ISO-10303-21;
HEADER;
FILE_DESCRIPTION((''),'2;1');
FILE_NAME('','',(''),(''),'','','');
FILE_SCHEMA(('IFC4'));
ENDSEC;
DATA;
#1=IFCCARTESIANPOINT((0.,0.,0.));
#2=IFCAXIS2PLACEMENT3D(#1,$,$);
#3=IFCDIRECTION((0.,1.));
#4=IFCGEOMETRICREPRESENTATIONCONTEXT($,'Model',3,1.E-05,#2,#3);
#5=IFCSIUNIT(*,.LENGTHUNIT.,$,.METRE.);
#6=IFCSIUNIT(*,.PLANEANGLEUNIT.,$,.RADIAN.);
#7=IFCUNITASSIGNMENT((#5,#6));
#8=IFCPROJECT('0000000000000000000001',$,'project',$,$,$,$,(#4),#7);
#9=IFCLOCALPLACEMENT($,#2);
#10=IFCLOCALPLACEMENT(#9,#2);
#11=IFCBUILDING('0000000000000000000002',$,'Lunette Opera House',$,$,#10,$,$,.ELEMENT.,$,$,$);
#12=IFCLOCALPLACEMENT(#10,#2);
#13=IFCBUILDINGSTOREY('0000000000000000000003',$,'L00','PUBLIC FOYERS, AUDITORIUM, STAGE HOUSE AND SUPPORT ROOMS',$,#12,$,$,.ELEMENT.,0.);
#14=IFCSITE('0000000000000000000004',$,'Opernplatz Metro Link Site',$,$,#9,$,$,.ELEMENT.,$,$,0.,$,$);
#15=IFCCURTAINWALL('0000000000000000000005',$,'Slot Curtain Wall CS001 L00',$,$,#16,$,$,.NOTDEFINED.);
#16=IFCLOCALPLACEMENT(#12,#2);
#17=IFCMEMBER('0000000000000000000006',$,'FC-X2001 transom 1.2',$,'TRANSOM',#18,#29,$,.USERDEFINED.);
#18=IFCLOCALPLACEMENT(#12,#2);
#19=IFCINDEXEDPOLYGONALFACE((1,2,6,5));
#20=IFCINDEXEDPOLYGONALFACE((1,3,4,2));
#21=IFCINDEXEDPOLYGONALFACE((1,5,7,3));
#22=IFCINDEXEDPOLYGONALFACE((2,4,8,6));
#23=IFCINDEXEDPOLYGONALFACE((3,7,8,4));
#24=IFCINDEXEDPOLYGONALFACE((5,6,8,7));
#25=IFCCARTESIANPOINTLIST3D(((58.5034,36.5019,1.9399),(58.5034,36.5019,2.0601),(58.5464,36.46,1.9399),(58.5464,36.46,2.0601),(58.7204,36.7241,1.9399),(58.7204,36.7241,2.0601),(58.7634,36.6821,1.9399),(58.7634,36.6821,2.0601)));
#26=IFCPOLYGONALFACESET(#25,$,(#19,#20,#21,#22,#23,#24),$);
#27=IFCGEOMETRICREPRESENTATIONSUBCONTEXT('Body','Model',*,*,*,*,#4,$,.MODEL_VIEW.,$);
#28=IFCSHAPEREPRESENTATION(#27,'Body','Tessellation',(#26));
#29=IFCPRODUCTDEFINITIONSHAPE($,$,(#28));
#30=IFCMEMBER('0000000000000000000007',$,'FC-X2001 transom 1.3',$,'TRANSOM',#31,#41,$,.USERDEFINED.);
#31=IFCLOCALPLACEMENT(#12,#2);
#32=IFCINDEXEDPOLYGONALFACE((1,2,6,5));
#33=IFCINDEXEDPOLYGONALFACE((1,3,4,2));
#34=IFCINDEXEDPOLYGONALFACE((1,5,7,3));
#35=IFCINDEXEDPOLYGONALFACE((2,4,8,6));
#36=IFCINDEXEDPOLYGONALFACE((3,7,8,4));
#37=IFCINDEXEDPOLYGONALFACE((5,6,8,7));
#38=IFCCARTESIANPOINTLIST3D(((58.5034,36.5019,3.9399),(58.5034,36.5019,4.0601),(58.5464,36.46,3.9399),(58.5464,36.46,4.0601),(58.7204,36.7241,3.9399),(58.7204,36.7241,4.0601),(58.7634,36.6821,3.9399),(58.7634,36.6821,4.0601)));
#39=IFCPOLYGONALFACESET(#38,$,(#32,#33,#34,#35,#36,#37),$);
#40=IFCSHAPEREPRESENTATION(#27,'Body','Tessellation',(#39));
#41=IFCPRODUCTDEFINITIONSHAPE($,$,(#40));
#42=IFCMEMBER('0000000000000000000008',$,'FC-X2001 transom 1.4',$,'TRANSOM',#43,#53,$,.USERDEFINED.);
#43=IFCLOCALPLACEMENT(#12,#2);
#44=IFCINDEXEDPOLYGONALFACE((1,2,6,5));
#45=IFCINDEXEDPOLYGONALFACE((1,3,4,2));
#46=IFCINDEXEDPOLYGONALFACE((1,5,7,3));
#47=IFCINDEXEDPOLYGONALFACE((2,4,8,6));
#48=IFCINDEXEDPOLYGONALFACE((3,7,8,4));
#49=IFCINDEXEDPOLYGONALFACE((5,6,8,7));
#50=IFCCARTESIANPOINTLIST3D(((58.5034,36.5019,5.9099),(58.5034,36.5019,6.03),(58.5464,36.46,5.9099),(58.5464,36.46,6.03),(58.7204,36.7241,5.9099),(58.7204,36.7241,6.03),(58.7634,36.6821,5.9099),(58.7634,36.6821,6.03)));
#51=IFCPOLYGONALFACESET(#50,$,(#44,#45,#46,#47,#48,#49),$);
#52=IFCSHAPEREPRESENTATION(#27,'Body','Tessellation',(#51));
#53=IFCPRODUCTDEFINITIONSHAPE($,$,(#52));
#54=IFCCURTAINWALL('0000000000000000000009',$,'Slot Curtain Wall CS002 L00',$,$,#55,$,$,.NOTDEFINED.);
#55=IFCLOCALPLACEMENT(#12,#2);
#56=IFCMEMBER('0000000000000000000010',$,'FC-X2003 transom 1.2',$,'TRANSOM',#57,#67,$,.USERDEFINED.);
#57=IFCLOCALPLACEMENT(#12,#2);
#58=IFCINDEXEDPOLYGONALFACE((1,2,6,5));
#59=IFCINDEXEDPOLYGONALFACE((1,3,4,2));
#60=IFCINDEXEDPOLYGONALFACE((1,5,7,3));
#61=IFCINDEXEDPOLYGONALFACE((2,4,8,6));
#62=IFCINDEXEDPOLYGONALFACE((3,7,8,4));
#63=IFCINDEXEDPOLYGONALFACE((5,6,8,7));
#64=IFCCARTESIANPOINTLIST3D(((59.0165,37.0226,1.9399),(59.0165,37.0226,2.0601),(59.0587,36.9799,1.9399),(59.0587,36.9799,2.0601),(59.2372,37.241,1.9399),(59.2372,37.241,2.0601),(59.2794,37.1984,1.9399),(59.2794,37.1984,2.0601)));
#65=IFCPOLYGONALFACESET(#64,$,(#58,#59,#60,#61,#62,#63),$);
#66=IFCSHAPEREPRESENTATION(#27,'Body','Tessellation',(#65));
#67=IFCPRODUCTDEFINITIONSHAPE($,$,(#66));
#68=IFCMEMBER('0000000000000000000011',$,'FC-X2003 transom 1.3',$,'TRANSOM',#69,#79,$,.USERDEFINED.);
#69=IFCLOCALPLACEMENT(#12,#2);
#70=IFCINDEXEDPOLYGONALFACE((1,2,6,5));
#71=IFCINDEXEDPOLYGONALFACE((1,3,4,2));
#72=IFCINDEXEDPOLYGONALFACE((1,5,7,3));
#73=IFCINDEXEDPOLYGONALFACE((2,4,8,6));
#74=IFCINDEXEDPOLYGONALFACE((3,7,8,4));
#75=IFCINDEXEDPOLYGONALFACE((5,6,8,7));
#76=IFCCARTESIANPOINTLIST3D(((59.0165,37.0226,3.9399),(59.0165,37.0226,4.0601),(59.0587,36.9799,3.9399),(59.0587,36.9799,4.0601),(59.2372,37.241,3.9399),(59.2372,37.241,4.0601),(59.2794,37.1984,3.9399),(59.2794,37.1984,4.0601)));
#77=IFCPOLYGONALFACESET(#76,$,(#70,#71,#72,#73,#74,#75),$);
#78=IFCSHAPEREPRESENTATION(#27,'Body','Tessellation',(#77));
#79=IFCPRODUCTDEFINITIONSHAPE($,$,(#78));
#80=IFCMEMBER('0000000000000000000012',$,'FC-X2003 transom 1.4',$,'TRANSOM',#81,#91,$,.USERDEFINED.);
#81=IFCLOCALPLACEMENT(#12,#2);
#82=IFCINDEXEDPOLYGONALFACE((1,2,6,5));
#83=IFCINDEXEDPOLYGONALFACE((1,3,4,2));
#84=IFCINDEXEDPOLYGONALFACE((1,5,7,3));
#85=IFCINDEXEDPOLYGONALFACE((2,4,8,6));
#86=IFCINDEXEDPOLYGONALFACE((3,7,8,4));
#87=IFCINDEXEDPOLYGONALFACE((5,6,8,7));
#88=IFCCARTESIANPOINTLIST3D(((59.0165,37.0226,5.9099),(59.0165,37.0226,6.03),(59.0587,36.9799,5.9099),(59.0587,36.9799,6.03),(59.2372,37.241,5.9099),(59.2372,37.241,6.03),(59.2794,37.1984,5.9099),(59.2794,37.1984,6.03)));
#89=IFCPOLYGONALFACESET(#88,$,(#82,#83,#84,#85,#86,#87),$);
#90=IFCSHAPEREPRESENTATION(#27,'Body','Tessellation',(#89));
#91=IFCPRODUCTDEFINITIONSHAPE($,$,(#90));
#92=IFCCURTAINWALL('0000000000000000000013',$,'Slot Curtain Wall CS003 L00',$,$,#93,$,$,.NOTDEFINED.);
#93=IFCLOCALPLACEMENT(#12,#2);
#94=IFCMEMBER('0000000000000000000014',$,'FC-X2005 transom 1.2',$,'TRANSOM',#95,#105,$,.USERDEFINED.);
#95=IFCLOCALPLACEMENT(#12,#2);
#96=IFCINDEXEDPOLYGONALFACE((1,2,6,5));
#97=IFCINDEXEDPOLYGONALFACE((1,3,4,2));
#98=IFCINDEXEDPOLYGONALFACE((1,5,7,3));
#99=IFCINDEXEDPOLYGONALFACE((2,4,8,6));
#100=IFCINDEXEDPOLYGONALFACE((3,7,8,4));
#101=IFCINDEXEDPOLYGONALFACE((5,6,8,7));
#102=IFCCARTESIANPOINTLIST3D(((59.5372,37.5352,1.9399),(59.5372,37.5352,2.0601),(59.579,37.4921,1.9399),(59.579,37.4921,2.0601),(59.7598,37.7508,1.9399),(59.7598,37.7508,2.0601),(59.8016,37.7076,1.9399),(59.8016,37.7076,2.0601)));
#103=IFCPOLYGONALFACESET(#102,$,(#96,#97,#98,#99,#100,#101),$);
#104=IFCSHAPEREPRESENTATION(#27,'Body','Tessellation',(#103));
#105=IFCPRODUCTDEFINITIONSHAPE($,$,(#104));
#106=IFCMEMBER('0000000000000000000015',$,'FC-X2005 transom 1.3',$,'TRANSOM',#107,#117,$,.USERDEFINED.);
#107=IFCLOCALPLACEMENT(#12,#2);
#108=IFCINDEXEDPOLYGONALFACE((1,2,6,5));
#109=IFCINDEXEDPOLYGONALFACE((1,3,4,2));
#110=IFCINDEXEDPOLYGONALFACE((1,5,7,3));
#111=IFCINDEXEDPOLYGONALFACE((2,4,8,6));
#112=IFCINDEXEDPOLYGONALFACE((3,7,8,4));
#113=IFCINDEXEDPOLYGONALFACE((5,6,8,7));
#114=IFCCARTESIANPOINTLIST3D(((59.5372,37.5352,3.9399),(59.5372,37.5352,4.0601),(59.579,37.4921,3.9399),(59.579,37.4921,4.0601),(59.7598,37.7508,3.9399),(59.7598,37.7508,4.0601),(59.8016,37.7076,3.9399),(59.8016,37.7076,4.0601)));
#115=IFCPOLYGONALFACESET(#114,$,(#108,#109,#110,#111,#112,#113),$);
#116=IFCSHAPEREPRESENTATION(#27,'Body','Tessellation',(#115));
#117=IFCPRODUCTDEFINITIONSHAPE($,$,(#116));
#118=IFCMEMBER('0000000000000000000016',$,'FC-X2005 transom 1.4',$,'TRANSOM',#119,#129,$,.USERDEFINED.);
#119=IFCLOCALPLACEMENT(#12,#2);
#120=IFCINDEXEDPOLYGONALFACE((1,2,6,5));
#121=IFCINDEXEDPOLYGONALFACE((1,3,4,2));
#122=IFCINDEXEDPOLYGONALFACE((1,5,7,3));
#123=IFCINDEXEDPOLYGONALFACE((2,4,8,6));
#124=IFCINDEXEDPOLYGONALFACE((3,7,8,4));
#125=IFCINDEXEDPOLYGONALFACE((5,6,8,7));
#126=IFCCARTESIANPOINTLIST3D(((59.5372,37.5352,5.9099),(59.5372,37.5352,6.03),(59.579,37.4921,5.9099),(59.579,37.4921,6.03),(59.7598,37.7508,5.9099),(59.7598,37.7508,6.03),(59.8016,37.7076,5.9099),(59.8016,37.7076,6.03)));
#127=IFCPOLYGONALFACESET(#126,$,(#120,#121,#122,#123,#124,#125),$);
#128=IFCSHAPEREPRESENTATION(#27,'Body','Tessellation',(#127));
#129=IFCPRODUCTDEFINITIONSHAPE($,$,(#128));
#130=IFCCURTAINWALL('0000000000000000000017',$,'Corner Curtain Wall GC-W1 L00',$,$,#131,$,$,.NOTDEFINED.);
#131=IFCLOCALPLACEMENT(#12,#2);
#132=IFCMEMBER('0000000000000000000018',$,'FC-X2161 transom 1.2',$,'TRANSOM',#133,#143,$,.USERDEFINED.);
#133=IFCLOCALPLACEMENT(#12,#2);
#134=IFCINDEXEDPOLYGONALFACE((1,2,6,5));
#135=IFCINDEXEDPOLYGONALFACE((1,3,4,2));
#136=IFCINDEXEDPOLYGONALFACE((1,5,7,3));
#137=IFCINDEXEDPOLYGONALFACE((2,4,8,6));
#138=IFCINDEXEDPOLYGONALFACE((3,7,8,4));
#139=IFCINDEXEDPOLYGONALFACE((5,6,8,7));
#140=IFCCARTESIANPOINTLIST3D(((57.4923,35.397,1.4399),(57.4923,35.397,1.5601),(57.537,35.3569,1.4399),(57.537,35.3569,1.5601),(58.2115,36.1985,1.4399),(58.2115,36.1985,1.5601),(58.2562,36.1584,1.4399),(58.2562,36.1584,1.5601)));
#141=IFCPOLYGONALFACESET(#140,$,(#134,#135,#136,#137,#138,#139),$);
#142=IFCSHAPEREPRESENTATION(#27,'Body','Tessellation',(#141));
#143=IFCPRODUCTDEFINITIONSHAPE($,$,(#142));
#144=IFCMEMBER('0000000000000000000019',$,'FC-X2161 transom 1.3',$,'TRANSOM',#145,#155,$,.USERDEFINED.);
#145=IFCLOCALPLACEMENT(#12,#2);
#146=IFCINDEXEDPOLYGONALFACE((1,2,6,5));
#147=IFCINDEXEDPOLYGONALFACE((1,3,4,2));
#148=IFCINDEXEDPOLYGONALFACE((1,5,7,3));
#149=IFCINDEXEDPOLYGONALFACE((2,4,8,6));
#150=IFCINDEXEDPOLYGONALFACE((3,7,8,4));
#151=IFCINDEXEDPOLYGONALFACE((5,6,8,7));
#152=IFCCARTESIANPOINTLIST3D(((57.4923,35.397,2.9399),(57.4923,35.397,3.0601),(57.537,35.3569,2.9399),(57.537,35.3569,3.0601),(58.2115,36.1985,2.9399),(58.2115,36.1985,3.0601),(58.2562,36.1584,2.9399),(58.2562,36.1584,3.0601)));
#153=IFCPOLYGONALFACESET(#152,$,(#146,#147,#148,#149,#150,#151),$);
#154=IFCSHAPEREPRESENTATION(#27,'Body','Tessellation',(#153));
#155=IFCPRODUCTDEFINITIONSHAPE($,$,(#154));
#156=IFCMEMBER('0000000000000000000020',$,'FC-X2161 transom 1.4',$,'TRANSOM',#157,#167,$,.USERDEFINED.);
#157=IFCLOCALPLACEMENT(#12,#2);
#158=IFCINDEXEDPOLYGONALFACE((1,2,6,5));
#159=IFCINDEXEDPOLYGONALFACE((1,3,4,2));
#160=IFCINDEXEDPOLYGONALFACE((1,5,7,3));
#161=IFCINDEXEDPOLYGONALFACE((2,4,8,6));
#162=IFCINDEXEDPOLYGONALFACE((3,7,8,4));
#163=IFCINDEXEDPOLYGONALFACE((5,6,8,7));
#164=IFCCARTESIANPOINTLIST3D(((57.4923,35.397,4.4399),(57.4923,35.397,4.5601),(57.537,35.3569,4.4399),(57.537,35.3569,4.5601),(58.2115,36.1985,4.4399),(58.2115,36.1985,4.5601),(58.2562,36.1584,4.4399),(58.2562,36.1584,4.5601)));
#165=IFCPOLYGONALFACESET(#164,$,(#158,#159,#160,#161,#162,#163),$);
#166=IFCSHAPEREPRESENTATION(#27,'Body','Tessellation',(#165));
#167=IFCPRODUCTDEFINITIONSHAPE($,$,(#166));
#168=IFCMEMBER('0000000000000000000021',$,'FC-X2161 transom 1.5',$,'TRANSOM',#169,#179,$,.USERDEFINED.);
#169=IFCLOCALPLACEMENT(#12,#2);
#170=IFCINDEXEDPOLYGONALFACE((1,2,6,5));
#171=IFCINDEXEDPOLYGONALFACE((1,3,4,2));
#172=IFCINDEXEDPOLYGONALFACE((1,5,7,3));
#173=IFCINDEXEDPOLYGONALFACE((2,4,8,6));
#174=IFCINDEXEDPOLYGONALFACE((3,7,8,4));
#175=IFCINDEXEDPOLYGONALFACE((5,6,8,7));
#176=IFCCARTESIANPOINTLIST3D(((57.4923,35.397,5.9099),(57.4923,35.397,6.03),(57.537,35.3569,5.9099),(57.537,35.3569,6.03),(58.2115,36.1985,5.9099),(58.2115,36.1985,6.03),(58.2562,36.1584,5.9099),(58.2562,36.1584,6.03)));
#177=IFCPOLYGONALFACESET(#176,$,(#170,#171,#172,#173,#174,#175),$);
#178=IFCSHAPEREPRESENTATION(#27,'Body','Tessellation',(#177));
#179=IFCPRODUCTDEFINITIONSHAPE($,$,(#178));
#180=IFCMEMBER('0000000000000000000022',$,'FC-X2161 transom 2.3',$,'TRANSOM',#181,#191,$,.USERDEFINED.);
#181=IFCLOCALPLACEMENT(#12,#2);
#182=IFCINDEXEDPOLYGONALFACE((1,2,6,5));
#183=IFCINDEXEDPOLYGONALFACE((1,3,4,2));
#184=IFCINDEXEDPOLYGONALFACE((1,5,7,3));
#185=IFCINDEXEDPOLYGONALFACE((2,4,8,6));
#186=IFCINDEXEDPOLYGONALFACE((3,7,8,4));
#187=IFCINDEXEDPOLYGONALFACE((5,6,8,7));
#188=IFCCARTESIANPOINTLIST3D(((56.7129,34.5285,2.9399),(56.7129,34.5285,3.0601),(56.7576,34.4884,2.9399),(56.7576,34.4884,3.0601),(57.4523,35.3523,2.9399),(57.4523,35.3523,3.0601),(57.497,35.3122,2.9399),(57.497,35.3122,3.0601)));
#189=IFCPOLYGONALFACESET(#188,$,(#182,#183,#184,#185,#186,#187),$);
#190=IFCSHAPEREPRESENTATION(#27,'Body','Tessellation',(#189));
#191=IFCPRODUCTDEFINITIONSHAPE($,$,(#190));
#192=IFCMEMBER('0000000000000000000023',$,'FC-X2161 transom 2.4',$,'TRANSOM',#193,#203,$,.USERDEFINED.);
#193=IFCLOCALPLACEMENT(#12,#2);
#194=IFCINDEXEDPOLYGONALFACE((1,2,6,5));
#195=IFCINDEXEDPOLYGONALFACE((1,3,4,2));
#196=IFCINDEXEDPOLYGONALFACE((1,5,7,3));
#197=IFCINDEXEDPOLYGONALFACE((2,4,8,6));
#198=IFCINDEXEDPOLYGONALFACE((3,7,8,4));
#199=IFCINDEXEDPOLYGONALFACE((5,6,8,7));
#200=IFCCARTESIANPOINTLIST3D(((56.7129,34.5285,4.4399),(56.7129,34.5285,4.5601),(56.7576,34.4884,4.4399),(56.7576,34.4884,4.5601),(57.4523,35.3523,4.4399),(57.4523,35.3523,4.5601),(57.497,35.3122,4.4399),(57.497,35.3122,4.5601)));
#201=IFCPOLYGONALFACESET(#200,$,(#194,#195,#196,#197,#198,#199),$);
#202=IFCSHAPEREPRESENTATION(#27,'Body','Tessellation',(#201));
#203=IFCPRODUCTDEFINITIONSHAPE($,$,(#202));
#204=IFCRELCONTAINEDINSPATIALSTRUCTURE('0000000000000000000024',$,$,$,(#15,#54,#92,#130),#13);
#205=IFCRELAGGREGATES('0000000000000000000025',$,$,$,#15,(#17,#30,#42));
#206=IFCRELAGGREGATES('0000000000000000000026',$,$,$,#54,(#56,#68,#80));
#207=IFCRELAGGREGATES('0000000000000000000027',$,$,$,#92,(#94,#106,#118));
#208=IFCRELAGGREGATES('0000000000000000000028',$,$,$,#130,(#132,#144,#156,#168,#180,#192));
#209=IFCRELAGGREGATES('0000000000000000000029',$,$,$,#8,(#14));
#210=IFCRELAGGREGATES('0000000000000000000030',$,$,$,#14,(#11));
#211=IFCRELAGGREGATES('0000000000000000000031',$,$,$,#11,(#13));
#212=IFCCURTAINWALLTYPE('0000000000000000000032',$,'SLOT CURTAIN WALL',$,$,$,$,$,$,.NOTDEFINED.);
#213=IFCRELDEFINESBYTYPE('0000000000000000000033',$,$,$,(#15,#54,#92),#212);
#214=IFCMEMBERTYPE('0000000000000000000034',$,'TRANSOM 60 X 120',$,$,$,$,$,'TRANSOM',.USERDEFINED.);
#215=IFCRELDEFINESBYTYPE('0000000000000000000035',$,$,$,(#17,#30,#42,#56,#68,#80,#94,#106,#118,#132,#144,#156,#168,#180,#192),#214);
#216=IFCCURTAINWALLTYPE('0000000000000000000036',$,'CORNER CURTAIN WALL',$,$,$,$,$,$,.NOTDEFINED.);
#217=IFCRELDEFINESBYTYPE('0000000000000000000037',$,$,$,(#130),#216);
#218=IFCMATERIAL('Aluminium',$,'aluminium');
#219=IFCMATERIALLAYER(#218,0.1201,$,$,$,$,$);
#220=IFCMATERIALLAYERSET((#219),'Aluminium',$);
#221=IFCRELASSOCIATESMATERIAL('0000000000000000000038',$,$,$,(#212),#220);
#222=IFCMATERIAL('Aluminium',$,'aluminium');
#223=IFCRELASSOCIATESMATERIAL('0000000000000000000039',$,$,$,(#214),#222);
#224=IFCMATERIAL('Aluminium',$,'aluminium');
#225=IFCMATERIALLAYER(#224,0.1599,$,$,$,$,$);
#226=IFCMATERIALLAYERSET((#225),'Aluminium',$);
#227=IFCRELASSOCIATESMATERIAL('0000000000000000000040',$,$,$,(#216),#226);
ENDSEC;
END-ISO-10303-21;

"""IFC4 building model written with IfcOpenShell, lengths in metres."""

from ifc_helpers import new_model, si_unit, direction, frame, origin, origin_2d, place, context, subcontext, project, spatial, rectangle, extrude, material, layer, layer_set, material_profile, profile_set, type_object, element, aggregate, save


model = new_model("IFC4")

# Units and contexts
model_context = context("Model", 3, precision=1e-05, world=origin(), true_north=direction((0.0, 1.0)))
body_context = subcontext(model_context, "Body", "Model", "MODEL_VIEW")
ifc_project = project(units=[si_unit("LENGTHUNIT", "METRE"), si_unit("PLANEANGLEUNIT", "RADIAN")], contexts=[model_context])

# Site, building, storey
site_placement = place(None, origin())
site = spatial("IfcSite", under=ifc_project, at=site_placement, Name="Opernplatz Metro Link Site", CompositionType="ELEMENT", RefElevation=0.0)
building_placement = place(site_placement, origin())
building = spatial("IfcBuilding", under=site, at=building_placement, Name="Lunette Opera House", CompositionType="ELEMENT")
storey_placement = place(building_placement, origin())
storey = spatial("IfcBuildingStorey", under=building, at=storey_placement, Name="L00", Description="PUBLIC FOYERS, AUDITORIUM, STAGE HOUSE AND SUPPORT ROOMS", CompositionType="ELEMENT", Elevation=0.0)

# Curtain walls, members
ifc_material_1 = material(Name="Aluminium", Category="aluminium")
ifc_layer_1 = layer(ifc_material_1, 0.1201)
ifc_layer_set_1 = layer_set([ifc_layer_1], Name="Aluminium")
curtain_wall_type_1 = type_object("IfcCurtainWallType", Name="SLOT CURTAIN WALL", PredefinedType="NOTDEFINED", material=ifc_layer_set_1)
curtain_wall_1_placement = place(storey_placement, origin())
curtain_wall_1 = element("IfcCurtainWall", 1, at=curtain_wall_1_placement, inside=storey, type_object=curtain_wall_type_1, Name="Slot Curtain Wall CS001 L00", PredefinedType="NOTDEFINED")
ifc_material_2 = material(Name="Aluminium", Category="aluminium")
ifc_material_profile = material_profile(ifc_material_2, rectangle(XDim=0.0601, YDim=0.1201, at=origin_2d()), Name="TRANSOM 60 X 120")
ifc_profile_set = profile_set([ifc_material_profile], Name="Aluminium")
member_type = type_object("IfcMemberType", Name="TRANSOM 60 X 120", ElementType="TRANSOM", PredefinedType="USERDEFINED", material=ifc_profile_set)
member_1_placement = place(storey_placement, frame((58.5249, 36.481, 2.0), z_axis=(0.698805, 0.715312, 0.0), x_axis=(-0.715312, 0.698805, 0.0)))
member_1 = element("IfcMember", 2, at=member_1_placement, type_object=member_type, Name="FC-X2001 transom 1.2", ObjectType="TRANSOM", PredefinedType="USERDEFINED", context=body_context, shape_type="SweptSolid", body=[
    extrude(rectangle(XDim=0.0601, YDim=0.1201, at=origin_2d()), origin(), (0.0, 0.0, 1.0), 0.3105),
])
member_2_placement = place(storey_placement, frame((58.5249, 36.481, 4.0), z_axis=(0.698805, 0.715312, 0.0), x_axis=(-0.715312, 0.698805, 0.0)))
member_2 = element("IfcMember", 3, at=member_2_placement, type_object=member_type, Name="FC-X2001 transom 1.3", ObjectType="TRANSOM", PredefinedType="USERDEFINED", context=body_context, shape_type="SweptSolid", body=[
    extrude(rectangle(XDim=0.0601, YDim=0.1201, at=origin_2d()), origin(), (0.0, 0.0, 1.0), 0.3105),
])
member_3_placement = place(storey_placement, frame((58.5249, 36.481, 5.97), z_axis=(0.698805, 0.715312, 0.0), x_axis=(-0.715312, 0.698805, 0.0)))
member_3 = element("IfcMember", 4, at=member_3_placement, type_object=member_type, Name="FC-X2001 transom 1.4", ObjectType="TRANSOM", PredefinedType="USERDEFINED", context=body_context, shape_type="SweptSolid", body=[
    extrude(rectangle(XDim=0.0601, YDim=0.1201, at=origin_2d()), origin(), (0.0, 0.0, 1.0), 0.3105),
])
curtain_wall_2_placement = place(storey_placement, origin())
curtain_wall_2 = element("IfcCurtainWall", 5, at=curtain_wall_2_placement, inside=storey, type_object=curtain_wall_type_1, Name="Slot Curtain Wall CS002 L00", PredefinedType="NOTDEFINED")
member_4_placement = place(storey_placement, frame((59.0376, 37.0012, 2.0), z_axis=(0.710635, 0.70356, 0.0), x_axis=(-0.70356, 0.710635, 0.0)))
member_4 = element("IfcMember", 6, at=member_4_placement, type_object=member_type, Name="FC-X2003 transom 1.2", ObjectType="TRANSOM", PredefinedType="USERDEFINED", context=body_context, shape_type="SweptSolid", body=[
    extrude(rectangle(XDim=0.0601, YDim=0.1201, at=origin_2d()), origin(), (0.0, 0.0, 1.0), 0.3105),
])
member_5_placement = place(storey_placement, frame((59.0376, 37.0012, 4.0), z_axis=(0.710635, 0.70356, 0.0), x_axis=(-0.70356, 0.710635, 0.0)))
member_5 = element("IfcMember", 7, at=member_5_placement, type_object=member_type, Name="FC-X2003 transom 1.3", ObjectType="TRANSOM", PredefinedType="USERDEFINED", context=body_context, shape_type="SweptSolid", body=[
    extrude(rectangle(XDim=0.0601, YDim=0.1201, at=origin_2d()), origin(), (0.0, 0.0, 1.0), 0.3105),
])
member_6_placement = place(storey_placement, frame((59.0376, 37.0012, 5.97), z_axis=(0.710635, 0.70356, 0.0), x_axis=(-0.70356, 0.710635, 0.0)))
member_6 = element("IfcMember", 8, at=member_6_placement, type_object=member_type, Name="FC-X2003 transom 1.4", ObjectType="TRANSOM", PredefinedType="USERDEFINED", context=body_context, shape_type="SweptSolid", body=[
    extrude(rectangle(XDim=0.0601, YDim=0.1201, at=origin_2d()), origin(), (0.0, 0.0, 1.0), 0.3105),
])
curtain_wall_3_placement = place(storey_placement, origin())
curtain_wall_3 = element("IfcCurtainWall", 9, at=curtain_wall_3_placement, inside=storey, type_object=curtain_wall_type_1, Name="Slot Curtain Wall CS003 L00", PredefinedType="NOTDEFINED")
member_7_placement = place(storey_placement, frame((59.5581, 37.5137, 2.0), z_axis=(0.718437, 0.695592, 0.0), x_axis=(-0.695592, 0.718437, 0.0)))
member_7 = element("IfcMember", 10, at=member_7_placement, type_object=member_type, Name="FC-X2005 transom 1.2", ObjectType="TRANSOM", PredefinedType="USERDEFINED", context=body_context, shape_type="SweptSolid", body=[
    extrude(rectangle(XDim=0.0601, YDim=0.1201, at=origin_2d()), origin(), (0.0, 0.0, 1.0), 0.3098),
])
member_8_placement = place(storey_placement, frame((59.5581, 37.5137, 4.0), z_axis=(0.718437, 0.695592, 0.0), x_axis=(-0.695592, 0.718437, 0.0)))
member_8 = element("IfcMember", 11, at=member_8_placement, type_object=member_type, Name="FC-X2005 transom 1.3", ObjectType="TRANSOM", PredefinedType="USERDEFINED", context=body_context, shape_type="SweptSolid", body=[
    extrude(rectangle(XDim=0.0601, YDim=0.1201, at=origin_2d()), origin(), (0.0, 0.0, 1.0), 0.3098),
])
member_9_placement = place(storey_placement, frame((59.5581, 37.5137, 5.97), z_axis=(0.718437, 0.695592, 0.0), x_axis=(-0.695592, 0.718437, 0.0)))
member_9 = element("IfcMember", 12, at=member_9_placement, type_object=member_type, Name="FC-X2005 transom 1.4", ObjectType="TRANSOM", PredefinedType="USERDEFINED", context=body_context, shape_type="SweptSolid", body=[
    extrude(rectangle(XDim=0.0601, YDim=0.1201, at=origin_2d()), origin(), (0.0, 0.0, 1.0), 0.3098),
])
ifc_material_3 = material(Name="Aluminium", Category="aluminium")
ifc_layer_2 = layer(ifc_material_3, 0.1599)
ifc_layer_set_2 = layer_set([ifc_layer_2], Name="Aluminium")
curtain_wall_type_2 = type_object("IfcCurtainWallType", Name="CORNER CURTAIN WALL", PredefinedType="NOTDEFINED", material=ifc_layer_set_2)
curtain_wall_4_placement = place(storey_placement, origin())
curtain_wall_4 = element("IfcCurtainWall", 13, at=curtain_wall_4_placement, inside=storey, type_object=curtain_wall_type_2, Name="Corner Curtain Wall GC-W1 L00", PredefinedType="NOTDEFINED")
member_10_placement = place(storey_placement, frame((58.2339, 36.1785, 1.5), z_axis=(-0.667874, -0.744274, 0.0), x_axis=(0.744274, -0.667874, 0.0)))
member_10 = element("IfcMember", 14, at=member_10_placement, type_object=member_type, Name="FC-X2161 transom 1.2", ObjectType="TRANSOM", PredefinedType="USERDEFINED", context=body_context, shape_type="SweptSolid", body=[
    extrude(rectangle(XDim=0.0601, YDim=0.1201, at=origin_2d()), origin(), (0.0, 0.0, 1.0), 1.0769),
])
member_11_placement = place(storey_placement, frame((58.2339, 36.1785, 3.0), z_axis=(-0.667874, -0.744274, 0.0), x_axis=(0.744274, -0.667874, 0.0)))
member_11 = element("IfcMember", 15, at=member_11_placement, type_object=member_type, Name="FC-X2161 transom 1.3", ObjectType="TRANSOM", PredefinedType="USERDEFINED", context=body_context, shape_type="SweptSolid", body=[
    extrude(rectangle(XDim=0.0601, YDim=0.1201, at=origin_2d()), origin(), (0.0, 0.0, 1.0), 1.0769),
])
member_12_placement = place(storey_placement, frame((58.2339, 36.1785, 4.5), z_axis=(-0.667874, -0.744274, 0.0), x_axis=(0.744274, -0.667874, 0.0)))
member_12 = element("IfcMember", 16, at=member_12_placement, type_object=member_type, Name="FC-X2161 transom 1.4", ObjectType="TRANSOM", PredefinedType="USERDEFINED", context=body_context, shape_type="SweptSolid", body=[
    extrude(rectangle(XDim=0.0601, YDim=0.1201, at=origin_2d()), origin(), (0.0, 0.0, 1.0), 1.0769),
])
member_13_placement = place(storey_placement, frame((58.2339, 36.1785, 5.97), z_axis=(-0.667874, -0.744274, 0.0), x_axis=(0.744274, -0.667874, 0.0)))
member_13 = element("IfcMember", 17, at=member_13_placement, type_object=member_type, Name="FC-X2161 transom 1.5", ObjectType="TRANSOM", PredefinedType="USERDEFINED", context=body_context, shape_type="SweptSolid", body=[
    extrude(rectangle(XDim=0.0601, YDim=0.1201, at=origin_2d()), origin(), (0.0, 0.0, 1.0), 1.0769),
])
member_14_placement = place(storey_placement, frame((57.4746, 35.3323, 3.0), z_axis=(-0.667916, -0.744237, 0.0), x_axis=(0.744237, -0.667916, 0.0)))
member_14 = element("IfcMember", 18, at=member_14_placement, type_object=member_type, Name="FC-X2161 transom 2.3", ObjectType="TRANSOM", PredefinedType="USERDEFINED", context=body_context, shape_type="SweptSolid", body=[
    extrude(rectangle(XDim=0.0601, YDim=0.1201, at=origin_2d()), origin(), (0.0, 0.0, 1.0), 1.1069),
])
member_15_placement = place(storey_placement, frame((57.4746, 35.3323, 4.5), z_axis=(-0.667916, -0.744237, 0.0), x_axis=(0.744237, -0.667916, 0.0)))
member_15 = element("IfcMember", 19, at=member_15_placement, type_object=member_type, Name="FC-X2161 transom 2.4", ObjectType="TRANSOM", PredefinedType="USERDEFINED", context=body_context, shape_type="SweptSolid", body=[
    extrude(rectangle(XDim=0.0601, YDim=0.1201, at=origin_2d()), origin(), (0.0, 0.0, 1.0), 1.1069),
])

aggregate(curtain_wall_1, [member_1, member_2, member_3])
aggregate(curtain_wall_2, [member_4, member_5, member_6])
aggregate(curtain_wall_3, [member_7, member_8, member_9])
aggregate(curtain_wall_4, [member_10, member_11, member_12, member_13, member_14, member_15])

save(model, "model.ifc")
